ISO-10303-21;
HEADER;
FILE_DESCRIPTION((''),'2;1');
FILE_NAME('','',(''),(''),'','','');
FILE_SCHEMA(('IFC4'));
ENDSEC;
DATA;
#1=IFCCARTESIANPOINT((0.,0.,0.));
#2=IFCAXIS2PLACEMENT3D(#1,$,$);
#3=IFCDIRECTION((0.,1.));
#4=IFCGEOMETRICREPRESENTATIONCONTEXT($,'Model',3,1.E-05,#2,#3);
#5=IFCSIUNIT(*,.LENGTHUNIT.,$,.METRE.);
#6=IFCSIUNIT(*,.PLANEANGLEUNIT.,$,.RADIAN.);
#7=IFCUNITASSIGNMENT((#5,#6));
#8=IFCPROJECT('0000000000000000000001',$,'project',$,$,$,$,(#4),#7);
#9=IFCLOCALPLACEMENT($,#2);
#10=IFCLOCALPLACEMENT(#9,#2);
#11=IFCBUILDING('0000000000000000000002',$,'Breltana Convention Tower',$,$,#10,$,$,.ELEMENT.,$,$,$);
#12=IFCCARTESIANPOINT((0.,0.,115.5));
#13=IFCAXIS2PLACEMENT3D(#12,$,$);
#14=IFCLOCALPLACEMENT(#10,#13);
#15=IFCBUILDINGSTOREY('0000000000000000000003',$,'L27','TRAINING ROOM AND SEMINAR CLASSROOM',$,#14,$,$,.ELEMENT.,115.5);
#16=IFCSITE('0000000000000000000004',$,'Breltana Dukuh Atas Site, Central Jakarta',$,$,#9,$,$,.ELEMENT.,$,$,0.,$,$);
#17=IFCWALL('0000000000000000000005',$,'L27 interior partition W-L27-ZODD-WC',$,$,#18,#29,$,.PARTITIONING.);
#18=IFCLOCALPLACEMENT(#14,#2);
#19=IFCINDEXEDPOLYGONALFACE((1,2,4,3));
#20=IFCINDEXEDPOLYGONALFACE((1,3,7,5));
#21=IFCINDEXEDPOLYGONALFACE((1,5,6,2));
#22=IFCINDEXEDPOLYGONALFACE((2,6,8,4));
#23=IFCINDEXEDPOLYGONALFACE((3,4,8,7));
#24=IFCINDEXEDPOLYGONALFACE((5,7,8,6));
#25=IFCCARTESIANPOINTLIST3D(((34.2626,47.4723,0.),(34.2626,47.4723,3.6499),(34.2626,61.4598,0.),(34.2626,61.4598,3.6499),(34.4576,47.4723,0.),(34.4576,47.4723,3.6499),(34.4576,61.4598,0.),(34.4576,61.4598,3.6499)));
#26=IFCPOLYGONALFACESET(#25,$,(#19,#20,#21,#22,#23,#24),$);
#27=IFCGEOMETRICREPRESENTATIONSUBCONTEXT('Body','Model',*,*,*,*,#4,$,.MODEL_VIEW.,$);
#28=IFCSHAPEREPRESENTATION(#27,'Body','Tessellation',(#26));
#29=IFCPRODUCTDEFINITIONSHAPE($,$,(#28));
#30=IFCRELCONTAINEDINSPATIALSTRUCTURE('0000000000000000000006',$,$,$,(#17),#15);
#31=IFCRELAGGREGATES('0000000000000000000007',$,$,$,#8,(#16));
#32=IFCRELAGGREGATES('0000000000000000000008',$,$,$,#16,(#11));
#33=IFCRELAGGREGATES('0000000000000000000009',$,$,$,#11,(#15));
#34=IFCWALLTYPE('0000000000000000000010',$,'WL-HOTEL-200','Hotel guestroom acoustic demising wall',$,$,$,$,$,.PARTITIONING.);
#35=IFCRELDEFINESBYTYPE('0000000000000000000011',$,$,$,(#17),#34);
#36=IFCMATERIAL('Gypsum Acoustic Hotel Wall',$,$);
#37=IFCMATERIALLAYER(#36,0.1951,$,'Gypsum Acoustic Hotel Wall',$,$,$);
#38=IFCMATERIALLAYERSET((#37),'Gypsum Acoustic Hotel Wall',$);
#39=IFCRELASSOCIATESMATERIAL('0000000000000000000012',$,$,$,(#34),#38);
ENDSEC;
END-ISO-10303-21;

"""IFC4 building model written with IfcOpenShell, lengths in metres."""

from ifc_helpers import new_model, si_unit, direction, frame, frame_2d, origin, place, context, subcontext, project, spatial, rectangle, extrude, source, transform, mapped, material, layer, layer_set, type_object, element, save


model = new_model("IFC4")

# Units and contexts
model_context = context("Model", 3, precision=1e-05, world=origin(), true_north=direction((0.0, 1.0)))
body_context = subcontext(model_context, "Body", "Model", "MODEL_VIEW")
ifc_project = project(units=[si_unit("LENGTHUNIT", "METRE"), si_unit("PLANEANGLEUNIT", "RADIAN")], contexts=[model_context])

# Site, building, storey
site_placement = place(None, origin())
site = spatial("IfcSite", under=ifc_project, at=site_placement, Name="Breltana Dukuh Atas Site, Central Jakarta", CompositionType="ELEMENT", RefElevation=0.0)
building_placement = place(site_placement, origin())
building = spatial("IfcBuilding", under=site, at=building_placement, Name="Breltana Convention Tower", CompositionType="ELEMENT")
storey_placement = place(building_placement, frame((0.0, 0.0, 115.5)))
storey = spatial("IfcBuildingStorey", under=building, at=storey_placement, Name="L27", Description="TRAINING ROOM AND SEMINAR CLASSROOM", CompositionType="ELEMENT", Elevation=115.5)

# Wall
ifc_material_1 = material(Name="Gypsum Acoustic Hotel Wall")
ifc_layer_1 = layer(ifc_material_1, 0.1951, Name="Gypsum Acoustic Hotel Wall")
ifc_layer_set_1 = layer_set([ifc_layer_1], Name="Gypsum Acoustic Hotel Wall")
wall_type_1 = type_object("IfcWallType", Name="WL-HOTEL-200", Description="Hotel guestroom acoustic demising wall", PredefinedType="PARTITIONING", material=ifc_layer_set_1)
shared_shape_1 = source(origin(), body_context, "Body", "SweptSolid", [
    extrude(rectangle(XDim=13.9875, YDim=0.1951, at=frame_2d((6.9937, 0.0))), origin(), (0.0, 0.0, 1.0), 3.6499),
])
wall_1_placement = place(storey_placement, frame((34.3601, 47.4724, 0.0), z_axis=(0.0, 0.0, 1.0), x_axis=(0.0, 1.0, 0.0)))
element("IfcWall", 1, at=wall_1_placement, inside=storey, type_object=wall_type_1, Name="L27 interior partition W-L27-ZODD-WC", PredefinedType="PARTITIONING", context=body_context, shape_type="MappedRepresentation", body=[
    mapped(shared_shape_1, transform((0.0, 0.0, 0.0), scale=1.0)),
])

save(model, "model.ifc")
